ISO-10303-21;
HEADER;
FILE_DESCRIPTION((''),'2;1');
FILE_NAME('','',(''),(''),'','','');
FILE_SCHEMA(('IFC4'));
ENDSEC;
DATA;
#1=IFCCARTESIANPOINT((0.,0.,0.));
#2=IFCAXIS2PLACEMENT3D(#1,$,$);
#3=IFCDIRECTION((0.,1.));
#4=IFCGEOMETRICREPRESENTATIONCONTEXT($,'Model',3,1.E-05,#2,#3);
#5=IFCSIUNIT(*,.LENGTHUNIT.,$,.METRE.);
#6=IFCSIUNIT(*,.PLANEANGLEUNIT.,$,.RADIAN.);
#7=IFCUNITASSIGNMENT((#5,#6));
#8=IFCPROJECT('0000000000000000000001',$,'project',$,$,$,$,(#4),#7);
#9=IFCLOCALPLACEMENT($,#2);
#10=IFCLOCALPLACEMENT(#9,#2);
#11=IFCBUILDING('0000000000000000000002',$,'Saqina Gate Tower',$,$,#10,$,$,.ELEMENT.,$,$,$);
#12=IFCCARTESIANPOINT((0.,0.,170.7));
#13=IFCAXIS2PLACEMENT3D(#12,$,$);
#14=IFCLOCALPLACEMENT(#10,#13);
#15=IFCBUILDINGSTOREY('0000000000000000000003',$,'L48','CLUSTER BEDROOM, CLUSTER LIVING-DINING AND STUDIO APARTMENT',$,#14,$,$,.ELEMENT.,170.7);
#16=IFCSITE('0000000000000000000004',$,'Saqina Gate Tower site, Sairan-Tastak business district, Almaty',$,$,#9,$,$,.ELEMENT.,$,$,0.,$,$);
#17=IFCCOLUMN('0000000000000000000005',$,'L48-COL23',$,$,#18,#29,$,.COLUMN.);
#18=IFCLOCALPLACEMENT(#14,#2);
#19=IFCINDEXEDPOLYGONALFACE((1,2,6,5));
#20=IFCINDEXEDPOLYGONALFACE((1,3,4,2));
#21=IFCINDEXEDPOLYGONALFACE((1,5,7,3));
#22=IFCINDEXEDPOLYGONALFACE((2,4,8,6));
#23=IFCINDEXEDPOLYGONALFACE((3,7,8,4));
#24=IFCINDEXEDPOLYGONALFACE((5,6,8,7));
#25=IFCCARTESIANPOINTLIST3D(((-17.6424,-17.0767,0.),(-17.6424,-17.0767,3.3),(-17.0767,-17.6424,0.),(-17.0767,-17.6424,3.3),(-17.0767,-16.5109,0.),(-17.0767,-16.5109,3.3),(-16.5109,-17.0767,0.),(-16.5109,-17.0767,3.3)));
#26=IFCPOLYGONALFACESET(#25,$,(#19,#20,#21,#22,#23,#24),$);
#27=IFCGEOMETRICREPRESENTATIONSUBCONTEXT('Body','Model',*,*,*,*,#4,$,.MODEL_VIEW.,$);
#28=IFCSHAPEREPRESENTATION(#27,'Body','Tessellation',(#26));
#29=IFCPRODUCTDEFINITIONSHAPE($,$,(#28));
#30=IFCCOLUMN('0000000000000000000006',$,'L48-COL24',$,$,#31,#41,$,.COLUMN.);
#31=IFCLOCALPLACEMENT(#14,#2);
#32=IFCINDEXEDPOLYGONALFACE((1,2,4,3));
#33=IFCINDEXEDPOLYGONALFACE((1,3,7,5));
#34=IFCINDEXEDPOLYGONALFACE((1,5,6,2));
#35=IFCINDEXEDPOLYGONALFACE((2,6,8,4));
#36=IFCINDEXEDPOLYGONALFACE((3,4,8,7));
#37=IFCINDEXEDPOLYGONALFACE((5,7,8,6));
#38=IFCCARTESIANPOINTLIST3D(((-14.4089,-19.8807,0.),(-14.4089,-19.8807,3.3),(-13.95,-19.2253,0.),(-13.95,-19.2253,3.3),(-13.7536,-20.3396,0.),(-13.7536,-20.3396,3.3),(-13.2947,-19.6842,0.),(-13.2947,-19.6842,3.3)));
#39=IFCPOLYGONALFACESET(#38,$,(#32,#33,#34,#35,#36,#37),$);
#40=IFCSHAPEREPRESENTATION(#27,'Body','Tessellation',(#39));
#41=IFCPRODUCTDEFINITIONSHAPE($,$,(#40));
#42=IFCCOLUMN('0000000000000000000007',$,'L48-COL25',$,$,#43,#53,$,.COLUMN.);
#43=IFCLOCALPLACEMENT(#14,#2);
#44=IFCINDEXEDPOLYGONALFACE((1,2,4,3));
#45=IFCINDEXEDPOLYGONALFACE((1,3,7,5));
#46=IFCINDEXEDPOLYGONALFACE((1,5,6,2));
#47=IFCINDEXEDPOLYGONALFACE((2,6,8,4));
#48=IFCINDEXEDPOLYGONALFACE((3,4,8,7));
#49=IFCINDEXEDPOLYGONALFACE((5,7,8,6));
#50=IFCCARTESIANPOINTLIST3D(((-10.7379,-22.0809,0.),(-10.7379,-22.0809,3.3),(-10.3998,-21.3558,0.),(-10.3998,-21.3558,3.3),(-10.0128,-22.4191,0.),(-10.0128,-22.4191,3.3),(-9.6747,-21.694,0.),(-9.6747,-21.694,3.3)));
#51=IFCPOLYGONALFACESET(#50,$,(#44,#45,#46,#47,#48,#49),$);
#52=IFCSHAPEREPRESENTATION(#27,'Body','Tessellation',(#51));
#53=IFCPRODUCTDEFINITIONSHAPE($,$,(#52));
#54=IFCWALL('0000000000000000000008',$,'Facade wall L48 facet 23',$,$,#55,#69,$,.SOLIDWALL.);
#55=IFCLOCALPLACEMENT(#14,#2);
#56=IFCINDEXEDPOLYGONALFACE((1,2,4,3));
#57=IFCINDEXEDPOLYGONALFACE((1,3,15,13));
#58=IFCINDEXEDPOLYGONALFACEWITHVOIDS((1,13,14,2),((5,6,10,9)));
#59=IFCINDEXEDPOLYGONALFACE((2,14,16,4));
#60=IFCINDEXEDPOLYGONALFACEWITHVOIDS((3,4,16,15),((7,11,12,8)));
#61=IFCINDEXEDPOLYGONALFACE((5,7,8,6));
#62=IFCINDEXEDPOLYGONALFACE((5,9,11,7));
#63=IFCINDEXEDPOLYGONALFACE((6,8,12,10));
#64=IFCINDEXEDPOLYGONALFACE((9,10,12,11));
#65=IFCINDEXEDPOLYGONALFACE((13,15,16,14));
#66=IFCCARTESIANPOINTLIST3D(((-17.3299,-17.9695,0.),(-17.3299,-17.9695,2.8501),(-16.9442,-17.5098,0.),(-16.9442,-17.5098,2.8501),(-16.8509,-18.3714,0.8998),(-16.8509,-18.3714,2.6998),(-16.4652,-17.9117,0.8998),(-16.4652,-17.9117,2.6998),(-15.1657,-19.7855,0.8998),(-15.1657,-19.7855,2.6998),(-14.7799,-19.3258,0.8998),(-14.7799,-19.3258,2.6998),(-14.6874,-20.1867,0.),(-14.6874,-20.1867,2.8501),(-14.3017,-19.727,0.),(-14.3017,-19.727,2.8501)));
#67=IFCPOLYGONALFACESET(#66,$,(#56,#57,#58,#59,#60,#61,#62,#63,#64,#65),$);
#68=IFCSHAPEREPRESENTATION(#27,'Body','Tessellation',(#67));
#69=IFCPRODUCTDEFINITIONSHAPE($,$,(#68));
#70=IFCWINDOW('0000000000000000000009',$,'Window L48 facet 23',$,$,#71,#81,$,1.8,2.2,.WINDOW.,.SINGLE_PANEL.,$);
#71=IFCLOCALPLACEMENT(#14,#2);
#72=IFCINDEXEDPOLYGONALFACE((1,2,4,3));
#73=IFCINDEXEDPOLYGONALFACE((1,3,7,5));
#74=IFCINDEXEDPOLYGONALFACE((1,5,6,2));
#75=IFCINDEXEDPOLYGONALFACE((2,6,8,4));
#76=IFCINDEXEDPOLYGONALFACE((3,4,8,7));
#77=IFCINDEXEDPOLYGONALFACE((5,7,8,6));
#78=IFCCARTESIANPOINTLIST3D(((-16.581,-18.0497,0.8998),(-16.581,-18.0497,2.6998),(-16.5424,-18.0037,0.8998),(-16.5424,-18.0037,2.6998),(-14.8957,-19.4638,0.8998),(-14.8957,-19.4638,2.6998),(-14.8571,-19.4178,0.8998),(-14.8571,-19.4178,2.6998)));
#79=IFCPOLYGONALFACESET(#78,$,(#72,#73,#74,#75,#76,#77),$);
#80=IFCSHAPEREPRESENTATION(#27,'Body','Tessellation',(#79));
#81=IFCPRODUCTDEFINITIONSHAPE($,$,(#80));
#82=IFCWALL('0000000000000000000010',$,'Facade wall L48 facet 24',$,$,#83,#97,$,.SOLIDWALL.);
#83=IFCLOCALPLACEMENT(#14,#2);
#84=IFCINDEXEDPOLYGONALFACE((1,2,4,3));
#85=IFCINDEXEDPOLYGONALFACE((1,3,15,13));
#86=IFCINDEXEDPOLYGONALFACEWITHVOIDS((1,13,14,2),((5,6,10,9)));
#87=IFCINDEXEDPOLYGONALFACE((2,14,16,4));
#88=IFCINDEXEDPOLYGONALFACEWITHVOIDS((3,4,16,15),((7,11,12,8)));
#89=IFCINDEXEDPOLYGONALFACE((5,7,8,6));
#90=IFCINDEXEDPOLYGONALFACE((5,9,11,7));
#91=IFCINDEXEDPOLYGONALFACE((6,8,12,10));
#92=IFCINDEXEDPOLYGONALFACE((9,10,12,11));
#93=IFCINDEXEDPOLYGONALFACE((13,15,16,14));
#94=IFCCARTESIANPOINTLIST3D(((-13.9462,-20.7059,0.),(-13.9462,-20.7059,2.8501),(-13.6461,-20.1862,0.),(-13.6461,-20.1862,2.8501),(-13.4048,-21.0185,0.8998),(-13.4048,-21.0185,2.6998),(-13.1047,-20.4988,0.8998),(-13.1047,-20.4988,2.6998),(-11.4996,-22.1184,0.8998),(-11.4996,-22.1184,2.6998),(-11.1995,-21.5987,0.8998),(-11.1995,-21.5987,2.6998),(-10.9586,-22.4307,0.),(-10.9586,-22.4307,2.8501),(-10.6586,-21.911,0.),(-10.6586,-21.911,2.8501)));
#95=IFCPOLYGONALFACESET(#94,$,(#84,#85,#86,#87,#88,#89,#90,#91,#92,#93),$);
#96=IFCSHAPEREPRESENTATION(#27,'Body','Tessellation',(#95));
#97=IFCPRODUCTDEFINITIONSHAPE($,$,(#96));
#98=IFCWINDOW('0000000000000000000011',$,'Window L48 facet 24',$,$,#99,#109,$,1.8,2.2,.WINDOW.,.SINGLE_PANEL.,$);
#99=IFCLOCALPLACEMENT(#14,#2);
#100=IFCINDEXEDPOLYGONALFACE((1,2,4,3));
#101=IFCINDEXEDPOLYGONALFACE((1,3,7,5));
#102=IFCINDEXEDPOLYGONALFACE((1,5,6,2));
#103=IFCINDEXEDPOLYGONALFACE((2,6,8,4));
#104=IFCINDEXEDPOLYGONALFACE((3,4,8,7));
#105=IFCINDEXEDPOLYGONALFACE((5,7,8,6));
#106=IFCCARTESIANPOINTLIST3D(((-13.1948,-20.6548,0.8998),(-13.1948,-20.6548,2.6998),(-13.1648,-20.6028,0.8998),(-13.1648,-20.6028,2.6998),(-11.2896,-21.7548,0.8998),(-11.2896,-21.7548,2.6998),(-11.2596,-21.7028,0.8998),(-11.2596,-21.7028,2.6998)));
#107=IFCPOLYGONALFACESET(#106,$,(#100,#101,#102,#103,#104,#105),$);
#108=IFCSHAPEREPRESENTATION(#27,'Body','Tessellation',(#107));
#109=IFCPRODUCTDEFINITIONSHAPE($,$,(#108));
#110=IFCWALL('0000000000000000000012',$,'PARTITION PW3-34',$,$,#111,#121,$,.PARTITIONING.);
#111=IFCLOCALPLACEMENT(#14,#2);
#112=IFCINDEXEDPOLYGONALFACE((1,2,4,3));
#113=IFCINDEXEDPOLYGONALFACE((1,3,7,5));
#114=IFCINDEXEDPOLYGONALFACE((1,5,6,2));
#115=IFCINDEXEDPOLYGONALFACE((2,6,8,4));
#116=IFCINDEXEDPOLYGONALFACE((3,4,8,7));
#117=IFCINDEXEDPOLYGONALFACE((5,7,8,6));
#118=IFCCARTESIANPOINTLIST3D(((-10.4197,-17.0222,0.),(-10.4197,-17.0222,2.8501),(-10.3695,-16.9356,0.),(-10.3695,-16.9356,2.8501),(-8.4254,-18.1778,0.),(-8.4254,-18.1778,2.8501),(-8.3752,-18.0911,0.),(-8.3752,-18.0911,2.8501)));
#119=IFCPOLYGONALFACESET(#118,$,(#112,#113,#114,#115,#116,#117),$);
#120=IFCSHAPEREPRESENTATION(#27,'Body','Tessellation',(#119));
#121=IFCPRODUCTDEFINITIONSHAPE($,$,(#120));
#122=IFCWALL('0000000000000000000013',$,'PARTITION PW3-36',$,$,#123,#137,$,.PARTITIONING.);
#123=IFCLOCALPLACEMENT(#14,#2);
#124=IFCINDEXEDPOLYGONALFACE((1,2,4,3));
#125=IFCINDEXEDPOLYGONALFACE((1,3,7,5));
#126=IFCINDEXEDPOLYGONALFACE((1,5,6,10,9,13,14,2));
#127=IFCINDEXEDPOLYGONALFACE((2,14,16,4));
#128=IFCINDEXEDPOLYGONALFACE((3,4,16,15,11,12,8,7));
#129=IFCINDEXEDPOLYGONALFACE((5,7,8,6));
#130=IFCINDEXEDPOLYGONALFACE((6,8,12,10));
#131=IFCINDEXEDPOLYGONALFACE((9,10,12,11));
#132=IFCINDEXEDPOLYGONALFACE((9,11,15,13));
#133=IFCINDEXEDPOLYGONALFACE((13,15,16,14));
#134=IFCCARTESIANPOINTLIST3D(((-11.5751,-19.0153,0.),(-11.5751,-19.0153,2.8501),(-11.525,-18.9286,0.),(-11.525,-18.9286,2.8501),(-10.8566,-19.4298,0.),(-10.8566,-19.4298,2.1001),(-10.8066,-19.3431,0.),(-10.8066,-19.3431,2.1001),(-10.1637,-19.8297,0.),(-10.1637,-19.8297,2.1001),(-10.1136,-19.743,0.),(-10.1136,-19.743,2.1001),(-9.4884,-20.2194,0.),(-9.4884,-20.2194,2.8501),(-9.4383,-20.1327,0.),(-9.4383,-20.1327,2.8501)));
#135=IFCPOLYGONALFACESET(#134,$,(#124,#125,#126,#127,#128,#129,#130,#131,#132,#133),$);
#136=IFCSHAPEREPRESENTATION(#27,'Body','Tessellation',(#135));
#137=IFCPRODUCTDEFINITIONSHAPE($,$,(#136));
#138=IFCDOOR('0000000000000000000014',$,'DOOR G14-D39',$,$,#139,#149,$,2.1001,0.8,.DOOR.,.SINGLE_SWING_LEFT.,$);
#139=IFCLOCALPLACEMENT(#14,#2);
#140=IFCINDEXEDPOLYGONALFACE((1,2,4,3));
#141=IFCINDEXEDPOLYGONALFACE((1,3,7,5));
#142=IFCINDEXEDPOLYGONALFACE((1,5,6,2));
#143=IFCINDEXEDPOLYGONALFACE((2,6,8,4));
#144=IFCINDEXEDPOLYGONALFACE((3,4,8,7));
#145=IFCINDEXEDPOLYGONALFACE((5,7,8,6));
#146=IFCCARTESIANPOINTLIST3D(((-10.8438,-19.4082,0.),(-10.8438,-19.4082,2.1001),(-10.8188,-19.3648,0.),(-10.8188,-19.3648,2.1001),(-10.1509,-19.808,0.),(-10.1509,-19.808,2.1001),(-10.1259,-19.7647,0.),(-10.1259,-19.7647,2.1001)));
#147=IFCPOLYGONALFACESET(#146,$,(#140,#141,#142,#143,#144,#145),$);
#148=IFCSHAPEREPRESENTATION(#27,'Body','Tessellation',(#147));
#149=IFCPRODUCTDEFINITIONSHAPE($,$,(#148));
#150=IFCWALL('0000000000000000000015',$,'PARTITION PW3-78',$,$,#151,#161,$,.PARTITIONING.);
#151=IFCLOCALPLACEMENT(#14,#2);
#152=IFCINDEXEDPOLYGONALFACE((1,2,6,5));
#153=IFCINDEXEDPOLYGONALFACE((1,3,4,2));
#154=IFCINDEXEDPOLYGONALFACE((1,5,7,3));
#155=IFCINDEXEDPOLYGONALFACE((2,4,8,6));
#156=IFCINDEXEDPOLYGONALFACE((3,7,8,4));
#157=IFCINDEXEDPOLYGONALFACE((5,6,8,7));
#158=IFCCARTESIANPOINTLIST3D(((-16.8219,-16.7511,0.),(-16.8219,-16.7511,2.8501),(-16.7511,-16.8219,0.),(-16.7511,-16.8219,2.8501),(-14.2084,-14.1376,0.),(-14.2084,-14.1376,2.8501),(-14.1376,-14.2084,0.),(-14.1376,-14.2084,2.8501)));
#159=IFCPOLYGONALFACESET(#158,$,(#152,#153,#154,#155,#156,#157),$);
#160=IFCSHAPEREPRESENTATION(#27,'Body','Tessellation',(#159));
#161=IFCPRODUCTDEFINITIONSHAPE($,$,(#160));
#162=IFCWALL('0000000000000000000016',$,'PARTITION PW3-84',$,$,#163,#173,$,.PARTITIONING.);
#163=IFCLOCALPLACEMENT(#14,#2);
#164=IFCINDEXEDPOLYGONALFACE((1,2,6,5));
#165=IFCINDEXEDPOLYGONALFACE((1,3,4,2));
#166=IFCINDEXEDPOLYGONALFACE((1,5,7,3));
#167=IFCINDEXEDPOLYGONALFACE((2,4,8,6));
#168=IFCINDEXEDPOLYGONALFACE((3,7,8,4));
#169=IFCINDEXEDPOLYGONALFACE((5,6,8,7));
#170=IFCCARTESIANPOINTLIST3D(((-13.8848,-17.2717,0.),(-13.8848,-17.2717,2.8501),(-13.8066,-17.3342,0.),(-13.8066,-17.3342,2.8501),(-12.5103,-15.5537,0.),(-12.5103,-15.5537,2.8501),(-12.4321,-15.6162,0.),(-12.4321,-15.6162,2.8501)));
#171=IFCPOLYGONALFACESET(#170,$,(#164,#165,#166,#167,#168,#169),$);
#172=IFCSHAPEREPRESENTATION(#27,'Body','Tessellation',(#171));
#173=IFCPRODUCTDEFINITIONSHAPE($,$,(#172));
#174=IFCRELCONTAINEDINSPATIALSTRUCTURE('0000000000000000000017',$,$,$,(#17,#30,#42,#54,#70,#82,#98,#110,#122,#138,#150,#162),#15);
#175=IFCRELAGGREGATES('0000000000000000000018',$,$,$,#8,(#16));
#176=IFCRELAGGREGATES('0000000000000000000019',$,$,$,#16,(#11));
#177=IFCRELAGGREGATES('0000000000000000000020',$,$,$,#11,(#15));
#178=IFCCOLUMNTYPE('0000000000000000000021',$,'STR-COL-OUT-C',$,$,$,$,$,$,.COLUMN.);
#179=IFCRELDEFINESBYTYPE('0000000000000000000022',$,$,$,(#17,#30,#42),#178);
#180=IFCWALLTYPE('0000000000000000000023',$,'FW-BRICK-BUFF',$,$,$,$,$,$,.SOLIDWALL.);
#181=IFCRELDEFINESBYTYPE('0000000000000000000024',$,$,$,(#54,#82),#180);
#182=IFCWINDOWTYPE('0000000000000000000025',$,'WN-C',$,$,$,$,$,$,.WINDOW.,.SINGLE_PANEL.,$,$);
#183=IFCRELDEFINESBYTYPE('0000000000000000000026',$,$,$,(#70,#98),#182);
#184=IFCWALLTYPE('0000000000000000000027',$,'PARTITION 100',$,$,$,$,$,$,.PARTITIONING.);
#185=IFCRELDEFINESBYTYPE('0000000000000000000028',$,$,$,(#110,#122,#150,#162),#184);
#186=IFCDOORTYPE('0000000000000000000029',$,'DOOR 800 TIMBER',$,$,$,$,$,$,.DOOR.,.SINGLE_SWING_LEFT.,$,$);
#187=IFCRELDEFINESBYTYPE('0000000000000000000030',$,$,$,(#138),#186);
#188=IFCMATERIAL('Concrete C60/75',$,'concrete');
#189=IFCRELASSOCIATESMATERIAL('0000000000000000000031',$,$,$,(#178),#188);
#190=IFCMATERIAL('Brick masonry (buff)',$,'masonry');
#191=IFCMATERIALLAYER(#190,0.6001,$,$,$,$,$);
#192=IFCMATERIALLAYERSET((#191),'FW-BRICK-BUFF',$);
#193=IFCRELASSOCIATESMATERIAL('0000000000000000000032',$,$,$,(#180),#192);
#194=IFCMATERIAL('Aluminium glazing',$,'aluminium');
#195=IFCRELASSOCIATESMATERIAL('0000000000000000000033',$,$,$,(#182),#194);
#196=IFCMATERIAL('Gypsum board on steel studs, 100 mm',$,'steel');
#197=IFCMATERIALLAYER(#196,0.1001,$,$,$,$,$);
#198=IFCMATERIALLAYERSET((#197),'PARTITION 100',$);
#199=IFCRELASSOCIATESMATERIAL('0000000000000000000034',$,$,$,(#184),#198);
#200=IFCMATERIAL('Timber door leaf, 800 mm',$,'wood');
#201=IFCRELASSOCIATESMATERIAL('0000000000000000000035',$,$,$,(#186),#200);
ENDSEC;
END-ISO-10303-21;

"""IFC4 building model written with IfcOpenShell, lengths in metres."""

from ifc_helpers import new_model, si_unit, direction, frame, frame_2d, origin, origin_2d, place, context, subcontext, project, spatial, rectangle, extrude, material, layer, layer_set, material_profile, profile_set, type_object, element, fill, save


model = new_model("IFC4")

# Units and contexts
model_context = context("Model", 3, precision=1e-05, world=origin(), true_north=direction((0.0, 1.0)))
body_context = subcontext(model_context, "Body", "Model", "MODEL_VIEW")
ifc_project = project(units=[si_unit("LENGTHUNIT", "METRE"), si_unit("PLANEANGLEUNIT", "RADIAN")], contexts=[model_context])

# Site, building, storey
site_placement = place(None, origin())
site = spatial("IfcSite", under=ifc_project, at=site_placement, Name="Saqina Gate Tower site, Sairan-Tastak business district, Almaty", CompositionType="ELEMENT", RefElevation=0.0)
building_placement = place(site_placement, origin())
building = spatial("IfcBuilding", under=site, at=building_placement, Name="Saqina Gate Tower", CompositionType="ELEMENT")
storey_placement = place(building_placement, frame((0.0, 0.0, 170.7)))
storey = spatial("IfcBuildingStorey", under=building, at=storey_placement, Name="L48", Description="CLUSTER BEDROOM, CLUSTER LIVING-DINING AND STUDIO APARTMENT", CompositionType="ELEMENT", Elevation=170.7)

# Columns
ifc_material_1 = material(Name="Concrete C60/75", Category="concrete")
ifc_material_profile = material_profile(ifc_material_1, rectangle(XDim=0.8, YDim=0.8, at=origin_2d()), Name="RC 800x800")
ifc_profile_set = profile_set([ifc_material_profile], Name="Concrete C60/75")
column_type = type_object("IfcColumnType", Name="STR-COL-OUT-C", PredefinedType="COLUMN", material=ifc_profile_set)
for number, where, z_axis, x_axis, name in (
    (1, (-17.0767, -17.0767, 0.0), (0.0, 0.0, 1.0), (-0.707107, -0.707107, 0.0), "L48-COL23"),
    (2, (-13.8518, -19.7825, 0.0), (0.0, 0.0, 1.0), (-0.573576, -0.819152, 0.0), "L48-COL24"),
    (3, (-10.2063, -21.8875, 0.0), (0.0, 0.0, 1.0), (-0.422618, -0.906308, 0.0), "L48-COL25"),
):
    element("IfcColumn", number, at=place(storey_placement, frame(where, z_axis=z_axis, x_axis=x_axis)), inside=storey, type_object=column_type, Name=name, PredefinedType="COLUMN", context=body_context, shape_type="SweptSolid", body=[
        extrude(rectangle(XDim=0.8, YDim=0.8, at=origin_2d()), origin(), (0.0, 0.0, 1.0), 3.3),
    ])

# Walls, openings, windows
ifc_material_2 = material(Name="Brick masonry (buff)", Category="masonry")
ifc_layer_1 = layer(ifc_material_2, 0.6001)
ifc_layer_set_1 = layer_set([ifc_layer_1], Name="FW-BRICK-BUFF")
wall_type_1 = type_object("IfcWallType", Name="FW-BRICK-BUFF", PredefinedType="SOLIDWALL", material=ifc_layer_set_1)
wall_1_placement = place(storey_placement, frame((-17.137, -17.7397, 0.0), z_axis=(0.0, 0.0, 1.0), x_axis=(0.766059, -0.64277, 0.0)))
wall_1 = element("IfcWall", 4, at=wall_1_placement, inside=storey, type_object=wall_type_1, Name="Facade wall L48 facet 23", PredefinedType="SOLIDWALL", context=body_context, shape_type="SweptSolid", body=[
    extrude(rectangle(XDim=3.4495, YDim=0.6001, at=frame_2d((1.7246, 0.0))), origin(), (0.0, 0.0, 1.0), 2.8501),
])
opening_1_placement = place(wall_1_placement, frame((0.625, 0.0, 0.8999)))
opening_1 = element("IfcOpeningElement", 5, at=opening_1_placement, cuts=wall_1, PredefinedType="OPENING", context=body_context, shape_type="SweptSolid", body=[
    extrude(rectangle(XDim=2.2, YDim=1.8, at=frame_2d((1.1001, 0.8999))), frame((0.0, 0.312, 0.0), z_axis=(0.0, -1.0, 0.0), x_axis=(1.0, 0.0, 0.0)), (0.0, 0.0, 1.0), 0.624),
])
ifc_material_3 = material(Name="Aluminium glazing", Category="aluminium")
window_type = type_object("IfcWindowType", Name="WN-C", PartitioningType="SINGLE_PANEL", PredefinedType="WINDOW", material=ifc_material_3)
window_1_placement = place(opening_1_placement, origin())
window_1 = element("IfcWindow", 6, at=window_1_placement, inside=storey, type_object=window_type, Name="Window L48 facet 23", OverallHeight=1.8, OverallWidth=2.2, PartitioningType="SINGLE_PANEL", PredefinedType="WINDOW", context=body_context, shape_type="SweptSolid", body=[
    extrude(rectangle(XDim=2.2, YDim=1.8, at=frame_2d((1.1001, 0.8999))), frame((0.0, 0.1799, 0.0), z_axis=(0.0, -1.0, 0.0), x_axis=(1.0, 0.0, 0.0)), (0.0, 0.0, 1.0), 0.0601),
])
fill(opening_1, window_1)
wall_2_placement = place(storey_placement, frame((-13.7961, -20.446, 0.0), z_axis=(0.0, 0.0, 1.0), x_axis=(0.866026, -0.499998, 0.0)))
wall_2 = element("IfcWall", 7, at=wall_2_placement, inside=storey, type_object=wall_type_1, Name="Facade wall L48 facet 24", PredefinedType="SOLIDWALL", context=body_context, shape_type="SweptSolid", body=[
    extrude(rectangle(XDim=3.4497, YDim=0.6001, at=frame_2d((1.7249, 0.0))), origin(), (0.0, 0.0, 1.0), 2.8501),
])
opening_2_placement = place(wall_2_placement, frame((0.625, 0.0, 0.8999)))
opening_2 = element("IfcOpeningElement", 8, at=opening_2_placement, cuts=wall_2, PredefinedType="OPENING", context=body_context, shape_type="SweptSolid", body=[
    extrude(rectangle(XDim=2.2, YDim=1.8, at=frame_2d((1.1001, 0.8999))), frame((0.0, 0.312, 0.0), z_axis=(0.0, -1.0, 0.0), x_axis=(1.0, 0.0, 0.0)), (0.0, 0.0, 1.0), 0.624),
])
window_2_placement = place(opening_2_placement, origin())
window_2 = element("IfcWindow", 9, at=window_2_placement, inside=storey, type_object=window_type, Name="Window L48 facet 24", OverallHeight=1.8, OverallWidth=2.2, PartitioningType="SINGLE_PANEL", PredefinedType="WINDOW", context=body_context, shape_type="SweptSolid", body=[
    extrude(rectangle(XDim=2.2, YDim=1.8, at=frame_2d((1.1001, 0.8999))), frame((0.0, 0.1799, 0.0), z_axis=(0.0, -1.0, 0.0), x_axis=(1.0, 0.0, 0.0)), (0.0, 0.0, 1.0), 0.0601),
])
fill(opening_2, window_2)

# Wall
ifc_material_4 = material(Name="Gypsum board on steel studs, 100 mm", Category="steel")
ifc_layer_2 = layer(ifc_material_4, 0.1001)
ifc_layer_set_2 = layer_set([ifc_layer_2], Name="PARTITION 100")
wall_type_2 = type_object("IfcWallType", Name="PARTITION 100", PredefinedType="PARTITIONING", material=ifc_layer_set_2)
wall_3_placement = place(storey_placement, frame((-10.3945, -16.979, 0.0), z_axis=(0.0, 0.0, 1.0), x_axis=(0.865262, -0.50132, 0.0)))
element("IfcWall", 10, at=wall_3_placement, inside=storey, type_object=wall_type_2, Name="PARTITION PW3-34", PredefinedType="PARTITIONING", context=body_context, shape_type="SweptSolid", body=[
    extrude(rectangle(XDim=2.3049, YDim=0.1001, at=frame_2d((1.1523, 0.0))), origin(), (0.0, 0.0, 1.0), 2.8501),
])

# Wall, opening, door
wall_4_placement = place(storey_placement, frame((-11.55, -18.9719, 0.0), z_axis=(0.0, 0.0, 1.0), x_axis=(0.86614, -0.499801, 0.0)))
wall_4 = element("IfcWall", 11, at=wall_4_placement, inside=storey, type_object=wall_type_2, Name="PARTITION PW3-36", PredefinedType="PARTITIONING", context=body_context, shape_type="SweptSolid", body=[
    extrude(rectangle(XDim=2.4092, YDim=0.1001, at=frame_2d((1.2046, 0.0))), origin(), (0.0, 0.0, 1.0), 2.8501),
])
opening_3_placement = place(wall_4_placement, frame((0.8296, 0.0, 0.0)))
opening_3 = element("IfcOpeningElement", 12, at=opening_3_placement, cuts=wall_4, PredefinedType="OPENING", context=body_context, shape_type="SweptSolid", body=[
    extrude(rectangle(XDim=0.8, YDim=2.1001, at=frame_2d((0.3999, 1.05))), frame((0.0, 0.062, 0.0), z_axis=(0.0, -1.0, 0.0), x_axis=(1.0, 0.0, 0.0)), (0.0, 0.0, 1.0), 0.124),
])
ifc_material_5 = material(Name="Timber door leaf, 800 mm", Category="wood")
door_type_1 = type_object("IfcDoorType", Name="DOOR 800 TIMBER", OperationType="SINGLE_SWING_LEFT", PredefinedType="DOOR", material=ifc_material_5)
door_1_placement = place(opening_3_placement, frame((0.8, 0.0, 0.0), z_axis=(0.0, 0.0, 1.0), x_axis=(-1.0, 0.0, 0.0)))
door_1 = element("IfcDoor", 13, at=door_1_placement, inside=storey, type_object=door_type_1, Name="DOOR G14-D39", OperationType="SINGLE_SWING_LEFT", OverallHeight=2.1001, OverallWidth=0.8, PredefinedType="DOOR", context=body_context, shape_type="SweptSolid", body=[
    extrude(rectangle(XDim=0.8, YDim=2.1001, at=frame_2d((0.3999, 1.05))), frame((0.0, 0.0249, 0.0), z_axis=(0.0, -1.0, 0.0), x_axis=(1.0, 0.0, 0.0)), (0.0, 0.0, 1.0), 0.05),
])
fill(opening_3, door_1)

# Walls
wall_5_placement = place(storey_placement, frame((-16.7866, -16.7866, 0.0), z_axis=(0.0, 0.0, 1.0), x_axis=(0.707107, 0.707107, 0.0)))
element("IfcWall", 14, at=wall_5_placement, inside=storey, type_object=wall_type_2, Name="PARTITION PW3-78", PredefinedType="PARTITIONING", context=body_context, shape_type="SweptSolid", body=[
    extrude(rectangle(XDim=3.696, YDim=0.1001, at=frame_2d((1.8481, 0.0))), origin(), (0.0, 0.0, 1.0), 2.8501),
])
wall_6_placement = place(storey_placement, frame((-13.8457, -17.303, 0.0), z_axis=(0.0, 0.0, 1.0), x_axis=(0.624722, 0.780847, 0.0)))
element("IfcWall", 15, at=wall_6_placement, inside=storey, type_object=wall_type_2, Name="PARTITION PW3-84", PredefinedType="PARTITIONING", context=body_context, shape_type="SweptSolid", body=[
    extrude(rectangle(XDim=2.2002, YDim=0.1001, at=frame_2d((1.1001, 0.0))), origin(), (0.0, 0.0, 1.0), 2.8501),
])

save(model, "model.ifc")
